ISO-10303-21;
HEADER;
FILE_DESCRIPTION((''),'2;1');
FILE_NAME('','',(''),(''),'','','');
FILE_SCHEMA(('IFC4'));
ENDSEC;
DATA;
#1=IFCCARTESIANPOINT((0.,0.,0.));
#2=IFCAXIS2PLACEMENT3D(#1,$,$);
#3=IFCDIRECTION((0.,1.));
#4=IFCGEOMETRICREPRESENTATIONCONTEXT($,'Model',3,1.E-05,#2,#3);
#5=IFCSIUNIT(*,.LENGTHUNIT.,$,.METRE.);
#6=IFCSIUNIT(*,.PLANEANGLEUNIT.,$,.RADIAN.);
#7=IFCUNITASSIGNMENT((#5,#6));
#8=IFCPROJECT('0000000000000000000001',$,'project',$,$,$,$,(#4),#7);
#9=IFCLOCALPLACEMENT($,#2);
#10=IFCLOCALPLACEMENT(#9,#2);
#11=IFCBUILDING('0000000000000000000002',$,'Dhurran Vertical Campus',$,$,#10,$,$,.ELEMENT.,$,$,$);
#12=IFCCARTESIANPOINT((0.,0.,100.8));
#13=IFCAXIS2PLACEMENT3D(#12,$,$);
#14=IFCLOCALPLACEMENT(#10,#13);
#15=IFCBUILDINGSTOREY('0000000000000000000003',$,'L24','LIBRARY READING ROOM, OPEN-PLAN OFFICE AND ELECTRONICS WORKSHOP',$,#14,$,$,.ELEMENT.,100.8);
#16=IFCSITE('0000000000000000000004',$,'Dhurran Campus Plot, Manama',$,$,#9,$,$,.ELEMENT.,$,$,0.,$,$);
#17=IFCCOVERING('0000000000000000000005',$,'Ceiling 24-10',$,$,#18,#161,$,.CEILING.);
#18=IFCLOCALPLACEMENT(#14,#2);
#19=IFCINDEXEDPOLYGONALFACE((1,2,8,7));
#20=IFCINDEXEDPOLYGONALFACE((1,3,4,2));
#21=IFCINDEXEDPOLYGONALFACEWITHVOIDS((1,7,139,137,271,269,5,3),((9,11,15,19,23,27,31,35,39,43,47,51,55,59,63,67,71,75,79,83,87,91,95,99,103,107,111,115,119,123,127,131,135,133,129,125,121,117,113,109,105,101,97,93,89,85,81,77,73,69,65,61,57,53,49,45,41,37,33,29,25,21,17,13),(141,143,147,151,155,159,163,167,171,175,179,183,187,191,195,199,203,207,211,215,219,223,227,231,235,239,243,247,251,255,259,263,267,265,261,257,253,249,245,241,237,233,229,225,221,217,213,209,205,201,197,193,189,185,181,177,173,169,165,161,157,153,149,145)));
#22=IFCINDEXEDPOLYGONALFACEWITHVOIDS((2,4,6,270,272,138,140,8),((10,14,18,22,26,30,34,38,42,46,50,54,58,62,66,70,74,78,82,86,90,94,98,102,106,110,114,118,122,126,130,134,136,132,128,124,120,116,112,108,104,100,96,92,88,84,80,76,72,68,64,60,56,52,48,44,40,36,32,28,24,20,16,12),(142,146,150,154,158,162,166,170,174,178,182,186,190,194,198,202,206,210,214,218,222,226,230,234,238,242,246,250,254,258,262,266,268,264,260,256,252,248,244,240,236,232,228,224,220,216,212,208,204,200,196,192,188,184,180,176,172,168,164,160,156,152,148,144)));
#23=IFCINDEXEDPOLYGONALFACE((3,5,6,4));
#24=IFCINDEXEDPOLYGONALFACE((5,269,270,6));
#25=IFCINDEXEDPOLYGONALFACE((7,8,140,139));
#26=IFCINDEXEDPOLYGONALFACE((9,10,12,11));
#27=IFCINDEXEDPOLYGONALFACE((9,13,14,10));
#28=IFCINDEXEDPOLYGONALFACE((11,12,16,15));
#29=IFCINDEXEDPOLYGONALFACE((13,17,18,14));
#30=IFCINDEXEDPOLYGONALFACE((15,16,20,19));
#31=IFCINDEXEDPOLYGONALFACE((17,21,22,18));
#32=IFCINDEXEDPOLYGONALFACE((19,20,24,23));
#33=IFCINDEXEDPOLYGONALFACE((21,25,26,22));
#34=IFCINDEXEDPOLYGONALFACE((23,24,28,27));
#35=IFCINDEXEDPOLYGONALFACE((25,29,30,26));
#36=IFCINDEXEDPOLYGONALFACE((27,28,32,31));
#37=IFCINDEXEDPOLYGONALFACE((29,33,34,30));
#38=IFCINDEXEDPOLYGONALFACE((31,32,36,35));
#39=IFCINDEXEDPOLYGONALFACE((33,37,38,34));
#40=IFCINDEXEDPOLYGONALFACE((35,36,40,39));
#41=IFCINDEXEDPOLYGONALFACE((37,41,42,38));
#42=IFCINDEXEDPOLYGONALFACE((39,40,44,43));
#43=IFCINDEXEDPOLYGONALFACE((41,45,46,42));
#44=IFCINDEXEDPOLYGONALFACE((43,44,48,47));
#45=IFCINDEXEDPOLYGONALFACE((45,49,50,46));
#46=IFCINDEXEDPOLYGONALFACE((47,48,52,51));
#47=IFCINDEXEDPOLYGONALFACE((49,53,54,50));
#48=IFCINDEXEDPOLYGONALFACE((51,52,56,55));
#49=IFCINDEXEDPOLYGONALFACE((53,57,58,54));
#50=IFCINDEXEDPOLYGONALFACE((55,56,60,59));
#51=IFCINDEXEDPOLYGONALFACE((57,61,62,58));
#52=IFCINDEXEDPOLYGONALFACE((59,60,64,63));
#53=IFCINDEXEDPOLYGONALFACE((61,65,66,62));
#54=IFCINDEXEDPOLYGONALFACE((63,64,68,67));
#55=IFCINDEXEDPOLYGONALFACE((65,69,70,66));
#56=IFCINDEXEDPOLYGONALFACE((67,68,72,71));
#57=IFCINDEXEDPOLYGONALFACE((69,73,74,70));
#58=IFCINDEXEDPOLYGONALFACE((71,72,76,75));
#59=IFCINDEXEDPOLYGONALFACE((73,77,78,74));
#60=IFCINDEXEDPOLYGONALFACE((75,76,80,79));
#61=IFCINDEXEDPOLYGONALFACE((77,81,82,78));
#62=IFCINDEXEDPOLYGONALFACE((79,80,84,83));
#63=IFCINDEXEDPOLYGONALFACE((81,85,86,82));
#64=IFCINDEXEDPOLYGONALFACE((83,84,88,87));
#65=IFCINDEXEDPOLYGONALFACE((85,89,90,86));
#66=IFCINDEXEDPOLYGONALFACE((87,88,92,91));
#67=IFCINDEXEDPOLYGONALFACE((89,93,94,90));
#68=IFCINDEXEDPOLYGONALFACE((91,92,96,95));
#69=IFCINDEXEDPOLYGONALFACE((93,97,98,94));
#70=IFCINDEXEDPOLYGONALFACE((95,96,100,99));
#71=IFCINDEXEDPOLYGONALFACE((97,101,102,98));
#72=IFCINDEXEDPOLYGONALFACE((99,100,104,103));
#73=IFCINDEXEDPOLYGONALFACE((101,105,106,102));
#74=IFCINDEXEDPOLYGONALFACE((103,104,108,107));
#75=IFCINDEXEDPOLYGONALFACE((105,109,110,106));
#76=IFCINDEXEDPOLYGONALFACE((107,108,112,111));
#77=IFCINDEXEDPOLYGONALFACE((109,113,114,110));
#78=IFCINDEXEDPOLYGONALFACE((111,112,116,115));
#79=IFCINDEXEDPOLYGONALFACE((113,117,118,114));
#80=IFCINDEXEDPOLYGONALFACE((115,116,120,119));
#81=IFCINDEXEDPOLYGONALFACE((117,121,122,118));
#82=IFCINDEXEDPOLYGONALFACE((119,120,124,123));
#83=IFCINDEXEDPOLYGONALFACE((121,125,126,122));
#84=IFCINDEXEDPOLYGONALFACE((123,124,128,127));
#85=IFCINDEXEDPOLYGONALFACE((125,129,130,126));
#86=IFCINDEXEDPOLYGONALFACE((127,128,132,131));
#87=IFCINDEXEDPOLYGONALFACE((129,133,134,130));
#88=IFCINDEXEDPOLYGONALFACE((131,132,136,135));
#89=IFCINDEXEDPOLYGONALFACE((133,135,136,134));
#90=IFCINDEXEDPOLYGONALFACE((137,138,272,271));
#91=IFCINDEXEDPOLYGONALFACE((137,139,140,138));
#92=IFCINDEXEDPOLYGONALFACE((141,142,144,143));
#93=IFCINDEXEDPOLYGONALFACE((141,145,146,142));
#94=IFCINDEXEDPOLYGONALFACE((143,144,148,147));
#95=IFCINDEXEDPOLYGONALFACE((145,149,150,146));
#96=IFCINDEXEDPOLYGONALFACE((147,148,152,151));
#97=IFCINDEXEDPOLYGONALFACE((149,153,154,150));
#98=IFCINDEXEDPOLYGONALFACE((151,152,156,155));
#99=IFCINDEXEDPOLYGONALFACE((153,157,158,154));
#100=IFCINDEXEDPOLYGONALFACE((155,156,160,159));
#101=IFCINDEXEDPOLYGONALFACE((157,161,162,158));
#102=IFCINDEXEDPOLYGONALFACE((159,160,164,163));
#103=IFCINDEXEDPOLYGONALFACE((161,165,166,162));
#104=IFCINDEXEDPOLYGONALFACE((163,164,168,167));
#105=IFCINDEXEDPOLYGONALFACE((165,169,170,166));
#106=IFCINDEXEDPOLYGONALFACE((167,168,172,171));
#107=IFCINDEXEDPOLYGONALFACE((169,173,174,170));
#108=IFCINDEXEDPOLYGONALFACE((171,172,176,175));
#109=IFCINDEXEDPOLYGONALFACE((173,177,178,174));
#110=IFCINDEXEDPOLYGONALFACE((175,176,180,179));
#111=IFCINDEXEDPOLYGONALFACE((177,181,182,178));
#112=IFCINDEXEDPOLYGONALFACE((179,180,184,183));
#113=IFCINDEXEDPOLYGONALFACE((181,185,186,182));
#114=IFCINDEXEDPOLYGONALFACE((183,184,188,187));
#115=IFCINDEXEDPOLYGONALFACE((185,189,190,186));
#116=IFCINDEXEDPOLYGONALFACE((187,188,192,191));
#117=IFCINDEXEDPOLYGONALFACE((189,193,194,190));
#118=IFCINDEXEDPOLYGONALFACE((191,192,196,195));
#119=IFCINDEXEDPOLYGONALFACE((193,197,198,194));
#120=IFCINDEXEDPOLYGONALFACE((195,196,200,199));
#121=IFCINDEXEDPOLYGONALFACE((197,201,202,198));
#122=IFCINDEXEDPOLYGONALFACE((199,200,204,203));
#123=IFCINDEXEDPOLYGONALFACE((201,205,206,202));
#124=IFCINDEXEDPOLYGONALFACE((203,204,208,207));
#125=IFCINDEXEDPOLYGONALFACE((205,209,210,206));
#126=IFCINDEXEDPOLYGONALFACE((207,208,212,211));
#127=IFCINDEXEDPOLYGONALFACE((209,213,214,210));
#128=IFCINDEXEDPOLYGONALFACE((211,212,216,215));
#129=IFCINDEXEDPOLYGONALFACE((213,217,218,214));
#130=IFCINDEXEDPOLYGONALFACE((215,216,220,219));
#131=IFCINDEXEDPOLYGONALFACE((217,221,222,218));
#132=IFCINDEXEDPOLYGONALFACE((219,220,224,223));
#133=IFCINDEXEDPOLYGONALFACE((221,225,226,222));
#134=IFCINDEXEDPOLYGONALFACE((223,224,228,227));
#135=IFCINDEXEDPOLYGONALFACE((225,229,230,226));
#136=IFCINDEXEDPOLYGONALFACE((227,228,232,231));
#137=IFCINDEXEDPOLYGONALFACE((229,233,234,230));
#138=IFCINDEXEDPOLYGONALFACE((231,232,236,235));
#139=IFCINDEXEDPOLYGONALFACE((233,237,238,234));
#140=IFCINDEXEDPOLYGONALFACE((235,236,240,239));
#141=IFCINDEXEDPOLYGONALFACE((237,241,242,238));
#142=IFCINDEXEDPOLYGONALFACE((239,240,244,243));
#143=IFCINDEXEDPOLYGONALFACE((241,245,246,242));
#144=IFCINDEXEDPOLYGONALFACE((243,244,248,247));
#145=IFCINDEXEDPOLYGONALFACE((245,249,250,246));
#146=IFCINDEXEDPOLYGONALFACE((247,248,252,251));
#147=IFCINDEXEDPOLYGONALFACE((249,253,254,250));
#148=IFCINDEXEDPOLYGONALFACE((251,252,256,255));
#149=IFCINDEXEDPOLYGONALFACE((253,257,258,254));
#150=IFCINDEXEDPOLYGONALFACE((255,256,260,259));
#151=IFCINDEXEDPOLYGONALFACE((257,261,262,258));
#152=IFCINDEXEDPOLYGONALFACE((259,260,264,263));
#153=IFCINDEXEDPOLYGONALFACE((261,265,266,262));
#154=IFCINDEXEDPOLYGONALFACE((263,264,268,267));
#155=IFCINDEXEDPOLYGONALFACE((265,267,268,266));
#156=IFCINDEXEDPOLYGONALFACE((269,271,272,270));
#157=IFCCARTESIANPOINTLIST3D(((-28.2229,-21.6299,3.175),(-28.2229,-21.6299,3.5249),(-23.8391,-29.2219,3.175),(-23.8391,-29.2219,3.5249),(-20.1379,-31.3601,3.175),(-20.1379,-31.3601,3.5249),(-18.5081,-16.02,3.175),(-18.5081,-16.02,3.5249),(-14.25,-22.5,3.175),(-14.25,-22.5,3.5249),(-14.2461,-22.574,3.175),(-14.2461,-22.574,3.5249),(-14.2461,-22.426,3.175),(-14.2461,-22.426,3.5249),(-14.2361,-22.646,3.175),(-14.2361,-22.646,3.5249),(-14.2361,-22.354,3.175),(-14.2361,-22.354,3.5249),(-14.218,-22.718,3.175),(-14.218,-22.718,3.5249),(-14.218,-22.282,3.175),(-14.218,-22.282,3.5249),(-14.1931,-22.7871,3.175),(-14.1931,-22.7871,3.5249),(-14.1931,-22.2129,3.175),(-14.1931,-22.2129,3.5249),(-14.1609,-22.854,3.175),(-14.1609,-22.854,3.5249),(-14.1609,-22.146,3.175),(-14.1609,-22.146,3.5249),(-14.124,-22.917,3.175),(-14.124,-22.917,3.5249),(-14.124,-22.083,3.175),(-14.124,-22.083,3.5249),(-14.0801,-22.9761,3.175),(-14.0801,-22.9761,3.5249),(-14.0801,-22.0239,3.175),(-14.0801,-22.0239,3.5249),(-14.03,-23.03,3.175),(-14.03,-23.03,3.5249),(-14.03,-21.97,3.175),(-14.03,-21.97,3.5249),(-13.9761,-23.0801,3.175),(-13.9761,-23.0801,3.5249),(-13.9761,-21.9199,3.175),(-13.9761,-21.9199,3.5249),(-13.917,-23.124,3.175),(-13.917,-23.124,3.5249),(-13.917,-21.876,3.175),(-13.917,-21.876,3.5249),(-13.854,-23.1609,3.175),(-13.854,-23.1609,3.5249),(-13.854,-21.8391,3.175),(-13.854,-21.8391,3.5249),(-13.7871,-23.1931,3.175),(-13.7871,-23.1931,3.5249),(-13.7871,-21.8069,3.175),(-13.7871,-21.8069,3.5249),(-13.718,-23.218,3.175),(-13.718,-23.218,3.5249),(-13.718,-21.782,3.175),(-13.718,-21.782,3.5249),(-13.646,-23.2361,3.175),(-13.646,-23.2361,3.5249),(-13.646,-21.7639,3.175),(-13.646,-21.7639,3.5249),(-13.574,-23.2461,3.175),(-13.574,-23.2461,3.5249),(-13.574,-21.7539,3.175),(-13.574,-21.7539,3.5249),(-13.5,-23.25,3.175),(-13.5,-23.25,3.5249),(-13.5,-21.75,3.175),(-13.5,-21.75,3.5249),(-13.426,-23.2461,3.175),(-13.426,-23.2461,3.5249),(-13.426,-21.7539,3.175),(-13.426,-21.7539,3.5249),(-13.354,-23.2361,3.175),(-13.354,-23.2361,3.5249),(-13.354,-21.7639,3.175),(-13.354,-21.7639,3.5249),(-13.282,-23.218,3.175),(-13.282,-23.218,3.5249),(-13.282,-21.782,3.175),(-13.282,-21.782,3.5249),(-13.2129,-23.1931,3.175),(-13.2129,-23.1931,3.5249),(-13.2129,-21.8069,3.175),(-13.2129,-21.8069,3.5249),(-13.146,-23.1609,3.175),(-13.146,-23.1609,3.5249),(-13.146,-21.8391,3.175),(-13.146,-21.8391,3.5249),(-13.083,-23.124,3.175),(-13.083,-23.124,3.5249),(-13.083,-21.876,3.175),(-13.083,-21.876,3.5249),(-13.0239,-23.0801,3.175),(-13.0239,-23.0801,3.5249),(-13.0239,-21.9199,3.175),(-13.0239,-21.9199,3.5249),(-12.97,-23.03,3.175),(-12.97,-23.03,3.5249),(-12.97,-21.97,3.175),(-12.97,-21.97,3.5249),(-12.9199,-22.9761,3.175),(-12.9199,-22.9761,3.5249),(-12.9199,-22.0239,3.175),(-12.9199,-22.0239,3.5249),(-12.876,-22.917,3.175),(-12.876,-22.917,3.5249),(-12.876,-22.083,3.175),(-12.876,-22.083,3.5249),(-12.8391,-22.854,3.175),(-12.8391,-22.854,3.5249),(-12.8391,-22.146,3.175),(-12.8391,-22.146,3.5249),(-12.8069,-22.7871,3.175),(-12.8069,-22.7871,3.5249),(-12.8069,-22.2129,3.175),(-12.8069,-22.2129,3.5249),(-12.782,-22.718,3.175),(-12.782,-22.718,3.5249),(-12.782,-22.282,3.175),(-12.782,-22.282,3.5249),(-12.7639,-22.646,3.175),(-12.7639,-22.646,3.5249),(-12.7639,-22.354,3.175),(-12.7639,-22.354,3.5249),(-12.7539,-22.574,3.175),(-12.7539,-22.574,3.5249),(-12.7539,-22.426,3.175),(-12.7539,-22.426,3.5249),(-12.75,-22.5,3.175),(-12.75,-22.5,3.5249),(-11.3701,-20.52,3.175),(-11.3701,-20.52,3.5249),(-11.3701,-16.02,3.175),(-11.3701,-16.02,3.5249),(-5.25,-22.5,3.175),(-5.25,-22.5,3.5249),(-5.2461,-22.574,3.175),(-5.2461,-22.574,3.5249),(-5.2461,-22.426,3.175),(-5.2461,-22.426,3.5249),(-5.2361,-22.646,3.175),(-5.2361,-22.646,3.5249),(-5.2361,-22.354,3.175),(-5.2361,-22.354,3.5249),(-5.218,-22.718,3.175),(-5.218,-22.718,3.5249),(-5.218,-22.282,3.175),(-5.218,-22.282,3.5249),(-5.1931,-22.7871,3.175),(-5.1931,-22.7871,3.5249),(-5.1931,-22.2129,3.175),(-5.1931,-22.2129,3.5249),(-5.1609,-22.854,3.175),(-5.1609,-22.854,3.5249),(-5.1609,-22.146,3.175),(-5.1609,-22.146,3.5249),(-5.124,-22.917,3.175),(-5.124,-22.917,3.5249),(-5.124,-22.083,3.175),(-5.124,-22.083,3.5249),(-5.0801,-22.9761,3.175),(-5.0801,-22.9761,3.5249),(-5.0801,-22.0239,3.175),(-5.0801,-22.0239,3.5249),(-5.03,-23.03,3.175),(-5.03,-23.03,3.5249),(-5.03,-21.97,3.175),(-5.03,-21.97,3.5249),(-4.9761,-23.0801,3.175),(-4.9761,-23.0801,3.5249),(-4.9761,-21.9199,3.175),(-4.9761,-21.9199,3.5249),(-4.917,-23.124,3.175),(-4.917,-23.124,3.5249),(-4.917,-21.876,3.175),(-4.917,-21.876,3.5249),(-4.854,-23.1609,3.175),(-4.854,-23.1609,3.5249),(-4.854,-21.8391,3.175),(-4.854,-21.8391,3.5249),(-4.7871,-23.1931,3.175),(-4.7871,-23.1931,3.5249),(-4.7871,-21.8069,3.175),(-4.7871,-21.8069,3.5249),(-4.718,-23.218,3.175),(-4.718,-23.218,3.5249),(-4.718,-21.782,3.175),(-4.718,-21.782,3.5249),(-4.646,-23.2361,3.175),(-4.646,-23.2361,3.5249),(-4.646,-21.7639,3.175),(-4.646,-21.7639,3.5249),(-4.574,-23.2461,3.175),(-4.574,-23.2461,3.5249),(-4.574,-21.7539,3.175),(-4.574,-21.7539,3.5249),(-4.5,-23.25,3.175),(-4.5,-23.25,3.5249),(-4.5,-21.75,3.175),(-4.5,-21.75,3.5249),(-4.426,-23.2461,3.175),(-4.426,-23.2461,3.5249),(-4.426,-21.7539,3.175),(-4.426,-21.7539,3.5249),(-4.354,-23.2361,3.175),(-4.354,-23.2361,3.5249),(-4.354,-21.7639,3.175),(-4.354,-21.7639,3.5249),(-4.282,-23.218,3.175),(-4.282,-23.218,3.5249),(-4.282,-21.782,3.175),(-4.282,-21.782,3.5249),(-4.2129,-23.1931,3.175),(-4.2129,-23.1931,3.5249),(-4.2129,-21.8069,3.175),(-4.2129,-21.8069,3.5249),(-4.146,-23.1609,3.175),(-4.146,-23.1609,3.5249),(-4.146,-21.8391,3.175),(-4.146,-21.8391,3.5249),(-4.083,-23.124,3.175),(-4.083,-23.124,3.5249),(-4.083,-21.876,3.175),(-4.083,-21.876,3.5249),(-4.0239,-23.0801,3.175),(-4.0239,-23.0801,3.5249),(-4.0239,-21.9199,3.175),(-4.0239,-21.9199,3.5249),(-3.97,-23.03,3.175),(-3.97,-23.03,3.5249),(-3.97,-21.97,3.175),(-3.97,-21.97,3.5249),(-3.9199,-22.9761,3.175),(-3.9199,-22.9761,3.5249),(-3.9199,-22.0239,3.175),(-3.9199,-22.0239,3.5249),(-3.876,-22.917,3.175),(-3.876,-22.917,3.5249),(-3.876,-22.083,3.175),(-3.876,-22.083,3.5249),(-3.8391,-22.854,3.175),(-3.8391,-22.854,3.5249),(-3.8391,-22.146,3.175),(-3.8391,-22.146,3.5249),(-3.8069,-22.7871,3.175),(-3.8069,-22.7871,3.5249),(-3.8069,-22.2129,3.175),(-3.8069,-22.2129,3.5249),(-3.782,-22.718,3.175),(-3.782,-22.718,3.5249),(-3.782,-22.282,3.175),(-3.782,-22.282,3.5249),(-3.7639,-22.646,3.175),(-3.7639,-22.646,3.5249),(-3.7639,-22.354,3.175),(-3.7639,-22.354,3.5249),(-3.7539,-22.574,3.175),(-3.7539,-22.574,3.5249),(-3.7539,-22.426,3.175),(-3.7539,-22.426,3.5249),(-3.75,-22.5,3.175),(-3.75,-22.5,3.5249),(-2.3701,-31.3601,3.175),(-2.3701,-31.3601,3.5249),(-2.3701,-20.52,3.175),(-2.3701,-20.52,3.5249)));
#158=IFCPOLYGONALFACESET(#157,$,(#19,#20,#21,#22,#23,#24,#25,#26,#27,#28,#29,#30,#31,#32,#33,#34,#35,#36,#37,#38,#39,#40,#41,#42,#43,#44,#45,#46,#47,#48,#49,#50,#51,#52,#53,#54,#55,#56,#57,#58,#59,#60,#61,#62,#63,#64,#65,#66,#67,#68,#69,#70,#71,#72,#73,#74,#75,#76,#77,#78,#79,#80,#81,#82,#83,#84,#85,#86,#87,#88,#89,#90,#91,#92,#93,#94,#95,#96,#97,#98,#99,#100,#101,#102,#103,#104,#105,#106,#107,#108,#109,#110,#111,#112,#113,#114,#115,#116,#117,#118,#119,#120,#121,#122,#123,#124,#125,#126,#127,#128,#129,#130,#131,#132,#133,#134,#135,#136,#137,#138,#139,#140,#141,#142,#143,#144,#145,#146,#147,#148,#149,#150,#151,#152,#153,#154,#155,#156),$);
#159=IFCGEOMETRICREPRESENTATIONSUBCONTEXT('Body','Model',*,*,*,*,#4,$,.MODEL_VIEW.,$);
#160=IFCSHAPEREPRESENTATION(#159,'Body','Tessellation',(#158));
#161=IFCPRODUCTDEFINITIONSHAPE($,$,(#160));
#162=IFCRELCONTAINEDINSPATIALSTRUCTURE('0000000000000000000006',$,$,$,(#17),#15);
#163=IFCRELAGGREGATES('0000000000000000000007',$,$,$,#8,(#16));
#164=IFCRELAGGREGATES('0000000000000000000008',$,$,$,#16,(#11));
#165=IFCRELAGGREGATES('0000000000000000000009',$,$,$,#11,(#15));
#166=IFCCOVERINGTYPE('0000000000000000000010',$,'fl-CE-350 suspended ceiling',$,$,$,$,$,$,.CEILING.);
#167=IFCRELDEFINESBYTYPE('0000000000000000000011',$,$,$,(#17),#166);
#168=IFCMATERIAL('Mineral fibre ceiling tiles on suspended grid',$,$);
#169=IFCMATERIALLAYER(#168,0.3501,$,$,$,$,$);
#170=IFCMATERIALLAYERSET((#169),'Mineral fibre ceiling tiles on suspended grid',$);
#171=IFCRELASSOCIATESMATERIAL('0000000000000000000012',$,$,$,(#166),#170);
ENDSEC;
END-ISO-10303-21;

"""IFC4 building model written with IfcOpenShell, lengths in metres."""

from ifc_helpers import new_model, si_unit, direction, frame, origin, place, context, subcontext, project, spatial, polyline, outline, extrude, material, layer, layer_set, type_object, element, save


model = new_model("IFC4")

# Units and contexts
model_context = context("Model", 3, precision=1e-05, world=origin(), true_north=direction((0.0, 1.0)))
body_context = subcontext(model_context, "Body", "Model", "MODEL_VIEW")
ifc_project = project(units=[si_unit("LENGTHUNIT", "METRE"), si_unit("PLANEANGLEUNIT", "RADIAN")], contexts=[model_context])

# Site, building, storey
site_placement = place(None, origin())
site = spatial("IfcSite", under=ifc_project, at=site_placement, Name="Dhurran Campus Plot, Manama", CompositionType="ELEMENT", RefElevation=0.0)
building_placement = place(site_placement, origin())
building = spatial("IfcBuilding", under=site, at=building_placement, Name="Dhurran Vertical Campus", CompositionType="ELEMENT")
storey_placement = place(building_placement, frame((0.0, 0.0, 100.8)))
storey = spatial("IfcBuildingStorey", under=building, at=storey_placement, Name="L24", Description="LIBRARY READING ROOM, OPEN-PLAN OFFICE AND ELECTRONICS WORKSHOP", CompositionType="ELEMENT", Elevation=100.8)

# Covering
ifc_material_1 = material(Name="Mineral fibre ceiling tiles on suspended grid")
ifc_layer_1 = layer(ifc_material_1, 0.3501)
ifc_layer_set_1 = layer_set([ifc_layer_1], Name="Mineral fibre ceiling tiles on suspended grid")
covering_type = type_object("IfcCoveringType", Name="fl-CE-350 suspended ceiling", PredefinedType="CEILING", material=ifc_layer_set_1)
covering_1_placement = place(storey_placement, frame((0.0, 0.0, 3.175)))
element("IfcCovering", 1, at=covering_1_placement, inside=storey, type_object=covering_type, Name="Ceiling 24-10", PredefinedType="CEILING", context=body_context, shape_type="SweptSolid", body=[
    extrude(outline(polyline([(-2.3701, -20.52), (-2.3701, -31.3601), (-20.1379, -31.3601), (-23.8391, -29.2219), (-28.2229, -21.6299), (-18.5081, -16.02), (-11.3701, -16.02), (-11.3701, -20.52), (-2.3701, -20.52)]), holes=[polyline([(-13.2129, -21.8069), (-13.282, -21.782), (-13.354, -21.7639), (-13.426, -21.7539), (-13.5, -21.75), (-13.574, -21.7539), (-13.646, -21.7639), (-13.718, -21.782), (-13.7871, -21.8069), (-13.854, -21.8391), (-13.917, -21.876), (-13.9761, -21.9199), (-14.03, -21.97), (-14.0801, -22.0239), (-14.124, -22.083), (-14.1609, -22.146), (-14.1931, -22.2129), (-14.218, -22.282), (-14.2361, -22.354), (-14.2461, -22.426), (-14.25, -22.5), (-14.2461, -22.574), (-14.2361, -22.646), (-14.218, -22.718), (-14.1931, -22.7871), (-14.1609, -22.854), (-14.124, -22.917), (-14.0801, -22.9761), (-14.03, -23.03), (-13.9761, -23.0801), (-13.917, -23.124), (-13.854, -23.1609), (-13.7871, -23.1931), (-13.718, -23.218), (-13.646, -23.2361), (-13.574, -23.2461), (-13.5, -23.25), (-13.426, -23.2461), (-13.354, -23.2361), (-13.282, -23.218), (-13.2129, -23.1931), (-13.146, -23.1609), (-13.083, -23.124), (-13.0239, -23.0801), (-12.97, -23.03), (-12.9199, -22.9761), (-12.876, -22.917), (-12.8391, -22.854), (-12.8069, -22.7871), (-12.782, -22.718), (-12.7639, -22.646), (-12.7539, -22.574), (-12.75, -22.5), (-12.7539, -22.426), (-12.7639, -22.354), (-12.782, -22.282), (-12.8069, -22.2129), (-12.8391, -22.146), (-12.876, -22.083), (-12.9199, -22.0239), (-12.97, -21.97), (-13.0239, -21.9199), (-13.083, -21.876), (-13.146, -21.8391), (-13.2129, -21.8069)]), polyline([(-4.083, -21.876), (-4.146, -21.8391), (-4.2129, -21.8069), (-4.282, -21.782), (-4.354, -21.7639), (-4.426, -21.7539), (-4.5, -21.75), (-4.574, -21.7539), (-4.646, -21.7639), (-4.718, -21.782), (-4.7871, -21.8069), (-4.854, -21.8391), (-4.917, -21.876), (-4.9761, -21.9199), (-5.03, -21.97), (-5.0801, -22.0239), (-5.124, -22.083), (-5.1609, -22.146), (-5.1931, -22.2129), (-5.218, -22.282), (-5.2361, -22.354), (-5.2461, -22.426), (-5.25, -22.5), (-5.2461, -22.574), (-5.2361, -22.646), (-5.218, -22.718), (-5.1931, -22.7871), (-5.1609, -22.854), (-5.124, -22.917), (-5.0801, -22.9761), (-5.03, -23.03), (-4.9761, -23.0801), (-4.917, -23.124), (-4.854, -23.1609), (-4.7871, -23.1931), (-4.718, -23.218), (-4.646, -23.2361), (-4.574, -23.2461), (-4.5, -23.25), (-4.426, -23.2461), (-4.354, -23.2361), (-4.282, -23.218), (-4.2129, -23.1931), (-4.146, -23.1609), (-4.083, -23.124), (-4.0239, -23.0801), (-3.97, -23.03), (-3.9199, -22.9761), (-3.876, -22.917), (-3.8391, -22.854), (-3.8069, -22.7871), (-3.782, -22.718), (-3.7639, -22.646), (-3.7539, -22.574), (-3.75, -22.5), (-3.7539, -22.426), (-3.7639, -22.354), (-3.782, -22.282), (-3.8069, -22.2129), (-3.8391, -22.146), (-3.876, -22.083), (-3.9199, -22.0239), (-3.97, -21.97), (-4.0239, -21.9199), (-4.083, -21.876)])]), origin(), (0.0, 0.0, 1.0), 0.3499),
])

save(model, "model.ifc")
